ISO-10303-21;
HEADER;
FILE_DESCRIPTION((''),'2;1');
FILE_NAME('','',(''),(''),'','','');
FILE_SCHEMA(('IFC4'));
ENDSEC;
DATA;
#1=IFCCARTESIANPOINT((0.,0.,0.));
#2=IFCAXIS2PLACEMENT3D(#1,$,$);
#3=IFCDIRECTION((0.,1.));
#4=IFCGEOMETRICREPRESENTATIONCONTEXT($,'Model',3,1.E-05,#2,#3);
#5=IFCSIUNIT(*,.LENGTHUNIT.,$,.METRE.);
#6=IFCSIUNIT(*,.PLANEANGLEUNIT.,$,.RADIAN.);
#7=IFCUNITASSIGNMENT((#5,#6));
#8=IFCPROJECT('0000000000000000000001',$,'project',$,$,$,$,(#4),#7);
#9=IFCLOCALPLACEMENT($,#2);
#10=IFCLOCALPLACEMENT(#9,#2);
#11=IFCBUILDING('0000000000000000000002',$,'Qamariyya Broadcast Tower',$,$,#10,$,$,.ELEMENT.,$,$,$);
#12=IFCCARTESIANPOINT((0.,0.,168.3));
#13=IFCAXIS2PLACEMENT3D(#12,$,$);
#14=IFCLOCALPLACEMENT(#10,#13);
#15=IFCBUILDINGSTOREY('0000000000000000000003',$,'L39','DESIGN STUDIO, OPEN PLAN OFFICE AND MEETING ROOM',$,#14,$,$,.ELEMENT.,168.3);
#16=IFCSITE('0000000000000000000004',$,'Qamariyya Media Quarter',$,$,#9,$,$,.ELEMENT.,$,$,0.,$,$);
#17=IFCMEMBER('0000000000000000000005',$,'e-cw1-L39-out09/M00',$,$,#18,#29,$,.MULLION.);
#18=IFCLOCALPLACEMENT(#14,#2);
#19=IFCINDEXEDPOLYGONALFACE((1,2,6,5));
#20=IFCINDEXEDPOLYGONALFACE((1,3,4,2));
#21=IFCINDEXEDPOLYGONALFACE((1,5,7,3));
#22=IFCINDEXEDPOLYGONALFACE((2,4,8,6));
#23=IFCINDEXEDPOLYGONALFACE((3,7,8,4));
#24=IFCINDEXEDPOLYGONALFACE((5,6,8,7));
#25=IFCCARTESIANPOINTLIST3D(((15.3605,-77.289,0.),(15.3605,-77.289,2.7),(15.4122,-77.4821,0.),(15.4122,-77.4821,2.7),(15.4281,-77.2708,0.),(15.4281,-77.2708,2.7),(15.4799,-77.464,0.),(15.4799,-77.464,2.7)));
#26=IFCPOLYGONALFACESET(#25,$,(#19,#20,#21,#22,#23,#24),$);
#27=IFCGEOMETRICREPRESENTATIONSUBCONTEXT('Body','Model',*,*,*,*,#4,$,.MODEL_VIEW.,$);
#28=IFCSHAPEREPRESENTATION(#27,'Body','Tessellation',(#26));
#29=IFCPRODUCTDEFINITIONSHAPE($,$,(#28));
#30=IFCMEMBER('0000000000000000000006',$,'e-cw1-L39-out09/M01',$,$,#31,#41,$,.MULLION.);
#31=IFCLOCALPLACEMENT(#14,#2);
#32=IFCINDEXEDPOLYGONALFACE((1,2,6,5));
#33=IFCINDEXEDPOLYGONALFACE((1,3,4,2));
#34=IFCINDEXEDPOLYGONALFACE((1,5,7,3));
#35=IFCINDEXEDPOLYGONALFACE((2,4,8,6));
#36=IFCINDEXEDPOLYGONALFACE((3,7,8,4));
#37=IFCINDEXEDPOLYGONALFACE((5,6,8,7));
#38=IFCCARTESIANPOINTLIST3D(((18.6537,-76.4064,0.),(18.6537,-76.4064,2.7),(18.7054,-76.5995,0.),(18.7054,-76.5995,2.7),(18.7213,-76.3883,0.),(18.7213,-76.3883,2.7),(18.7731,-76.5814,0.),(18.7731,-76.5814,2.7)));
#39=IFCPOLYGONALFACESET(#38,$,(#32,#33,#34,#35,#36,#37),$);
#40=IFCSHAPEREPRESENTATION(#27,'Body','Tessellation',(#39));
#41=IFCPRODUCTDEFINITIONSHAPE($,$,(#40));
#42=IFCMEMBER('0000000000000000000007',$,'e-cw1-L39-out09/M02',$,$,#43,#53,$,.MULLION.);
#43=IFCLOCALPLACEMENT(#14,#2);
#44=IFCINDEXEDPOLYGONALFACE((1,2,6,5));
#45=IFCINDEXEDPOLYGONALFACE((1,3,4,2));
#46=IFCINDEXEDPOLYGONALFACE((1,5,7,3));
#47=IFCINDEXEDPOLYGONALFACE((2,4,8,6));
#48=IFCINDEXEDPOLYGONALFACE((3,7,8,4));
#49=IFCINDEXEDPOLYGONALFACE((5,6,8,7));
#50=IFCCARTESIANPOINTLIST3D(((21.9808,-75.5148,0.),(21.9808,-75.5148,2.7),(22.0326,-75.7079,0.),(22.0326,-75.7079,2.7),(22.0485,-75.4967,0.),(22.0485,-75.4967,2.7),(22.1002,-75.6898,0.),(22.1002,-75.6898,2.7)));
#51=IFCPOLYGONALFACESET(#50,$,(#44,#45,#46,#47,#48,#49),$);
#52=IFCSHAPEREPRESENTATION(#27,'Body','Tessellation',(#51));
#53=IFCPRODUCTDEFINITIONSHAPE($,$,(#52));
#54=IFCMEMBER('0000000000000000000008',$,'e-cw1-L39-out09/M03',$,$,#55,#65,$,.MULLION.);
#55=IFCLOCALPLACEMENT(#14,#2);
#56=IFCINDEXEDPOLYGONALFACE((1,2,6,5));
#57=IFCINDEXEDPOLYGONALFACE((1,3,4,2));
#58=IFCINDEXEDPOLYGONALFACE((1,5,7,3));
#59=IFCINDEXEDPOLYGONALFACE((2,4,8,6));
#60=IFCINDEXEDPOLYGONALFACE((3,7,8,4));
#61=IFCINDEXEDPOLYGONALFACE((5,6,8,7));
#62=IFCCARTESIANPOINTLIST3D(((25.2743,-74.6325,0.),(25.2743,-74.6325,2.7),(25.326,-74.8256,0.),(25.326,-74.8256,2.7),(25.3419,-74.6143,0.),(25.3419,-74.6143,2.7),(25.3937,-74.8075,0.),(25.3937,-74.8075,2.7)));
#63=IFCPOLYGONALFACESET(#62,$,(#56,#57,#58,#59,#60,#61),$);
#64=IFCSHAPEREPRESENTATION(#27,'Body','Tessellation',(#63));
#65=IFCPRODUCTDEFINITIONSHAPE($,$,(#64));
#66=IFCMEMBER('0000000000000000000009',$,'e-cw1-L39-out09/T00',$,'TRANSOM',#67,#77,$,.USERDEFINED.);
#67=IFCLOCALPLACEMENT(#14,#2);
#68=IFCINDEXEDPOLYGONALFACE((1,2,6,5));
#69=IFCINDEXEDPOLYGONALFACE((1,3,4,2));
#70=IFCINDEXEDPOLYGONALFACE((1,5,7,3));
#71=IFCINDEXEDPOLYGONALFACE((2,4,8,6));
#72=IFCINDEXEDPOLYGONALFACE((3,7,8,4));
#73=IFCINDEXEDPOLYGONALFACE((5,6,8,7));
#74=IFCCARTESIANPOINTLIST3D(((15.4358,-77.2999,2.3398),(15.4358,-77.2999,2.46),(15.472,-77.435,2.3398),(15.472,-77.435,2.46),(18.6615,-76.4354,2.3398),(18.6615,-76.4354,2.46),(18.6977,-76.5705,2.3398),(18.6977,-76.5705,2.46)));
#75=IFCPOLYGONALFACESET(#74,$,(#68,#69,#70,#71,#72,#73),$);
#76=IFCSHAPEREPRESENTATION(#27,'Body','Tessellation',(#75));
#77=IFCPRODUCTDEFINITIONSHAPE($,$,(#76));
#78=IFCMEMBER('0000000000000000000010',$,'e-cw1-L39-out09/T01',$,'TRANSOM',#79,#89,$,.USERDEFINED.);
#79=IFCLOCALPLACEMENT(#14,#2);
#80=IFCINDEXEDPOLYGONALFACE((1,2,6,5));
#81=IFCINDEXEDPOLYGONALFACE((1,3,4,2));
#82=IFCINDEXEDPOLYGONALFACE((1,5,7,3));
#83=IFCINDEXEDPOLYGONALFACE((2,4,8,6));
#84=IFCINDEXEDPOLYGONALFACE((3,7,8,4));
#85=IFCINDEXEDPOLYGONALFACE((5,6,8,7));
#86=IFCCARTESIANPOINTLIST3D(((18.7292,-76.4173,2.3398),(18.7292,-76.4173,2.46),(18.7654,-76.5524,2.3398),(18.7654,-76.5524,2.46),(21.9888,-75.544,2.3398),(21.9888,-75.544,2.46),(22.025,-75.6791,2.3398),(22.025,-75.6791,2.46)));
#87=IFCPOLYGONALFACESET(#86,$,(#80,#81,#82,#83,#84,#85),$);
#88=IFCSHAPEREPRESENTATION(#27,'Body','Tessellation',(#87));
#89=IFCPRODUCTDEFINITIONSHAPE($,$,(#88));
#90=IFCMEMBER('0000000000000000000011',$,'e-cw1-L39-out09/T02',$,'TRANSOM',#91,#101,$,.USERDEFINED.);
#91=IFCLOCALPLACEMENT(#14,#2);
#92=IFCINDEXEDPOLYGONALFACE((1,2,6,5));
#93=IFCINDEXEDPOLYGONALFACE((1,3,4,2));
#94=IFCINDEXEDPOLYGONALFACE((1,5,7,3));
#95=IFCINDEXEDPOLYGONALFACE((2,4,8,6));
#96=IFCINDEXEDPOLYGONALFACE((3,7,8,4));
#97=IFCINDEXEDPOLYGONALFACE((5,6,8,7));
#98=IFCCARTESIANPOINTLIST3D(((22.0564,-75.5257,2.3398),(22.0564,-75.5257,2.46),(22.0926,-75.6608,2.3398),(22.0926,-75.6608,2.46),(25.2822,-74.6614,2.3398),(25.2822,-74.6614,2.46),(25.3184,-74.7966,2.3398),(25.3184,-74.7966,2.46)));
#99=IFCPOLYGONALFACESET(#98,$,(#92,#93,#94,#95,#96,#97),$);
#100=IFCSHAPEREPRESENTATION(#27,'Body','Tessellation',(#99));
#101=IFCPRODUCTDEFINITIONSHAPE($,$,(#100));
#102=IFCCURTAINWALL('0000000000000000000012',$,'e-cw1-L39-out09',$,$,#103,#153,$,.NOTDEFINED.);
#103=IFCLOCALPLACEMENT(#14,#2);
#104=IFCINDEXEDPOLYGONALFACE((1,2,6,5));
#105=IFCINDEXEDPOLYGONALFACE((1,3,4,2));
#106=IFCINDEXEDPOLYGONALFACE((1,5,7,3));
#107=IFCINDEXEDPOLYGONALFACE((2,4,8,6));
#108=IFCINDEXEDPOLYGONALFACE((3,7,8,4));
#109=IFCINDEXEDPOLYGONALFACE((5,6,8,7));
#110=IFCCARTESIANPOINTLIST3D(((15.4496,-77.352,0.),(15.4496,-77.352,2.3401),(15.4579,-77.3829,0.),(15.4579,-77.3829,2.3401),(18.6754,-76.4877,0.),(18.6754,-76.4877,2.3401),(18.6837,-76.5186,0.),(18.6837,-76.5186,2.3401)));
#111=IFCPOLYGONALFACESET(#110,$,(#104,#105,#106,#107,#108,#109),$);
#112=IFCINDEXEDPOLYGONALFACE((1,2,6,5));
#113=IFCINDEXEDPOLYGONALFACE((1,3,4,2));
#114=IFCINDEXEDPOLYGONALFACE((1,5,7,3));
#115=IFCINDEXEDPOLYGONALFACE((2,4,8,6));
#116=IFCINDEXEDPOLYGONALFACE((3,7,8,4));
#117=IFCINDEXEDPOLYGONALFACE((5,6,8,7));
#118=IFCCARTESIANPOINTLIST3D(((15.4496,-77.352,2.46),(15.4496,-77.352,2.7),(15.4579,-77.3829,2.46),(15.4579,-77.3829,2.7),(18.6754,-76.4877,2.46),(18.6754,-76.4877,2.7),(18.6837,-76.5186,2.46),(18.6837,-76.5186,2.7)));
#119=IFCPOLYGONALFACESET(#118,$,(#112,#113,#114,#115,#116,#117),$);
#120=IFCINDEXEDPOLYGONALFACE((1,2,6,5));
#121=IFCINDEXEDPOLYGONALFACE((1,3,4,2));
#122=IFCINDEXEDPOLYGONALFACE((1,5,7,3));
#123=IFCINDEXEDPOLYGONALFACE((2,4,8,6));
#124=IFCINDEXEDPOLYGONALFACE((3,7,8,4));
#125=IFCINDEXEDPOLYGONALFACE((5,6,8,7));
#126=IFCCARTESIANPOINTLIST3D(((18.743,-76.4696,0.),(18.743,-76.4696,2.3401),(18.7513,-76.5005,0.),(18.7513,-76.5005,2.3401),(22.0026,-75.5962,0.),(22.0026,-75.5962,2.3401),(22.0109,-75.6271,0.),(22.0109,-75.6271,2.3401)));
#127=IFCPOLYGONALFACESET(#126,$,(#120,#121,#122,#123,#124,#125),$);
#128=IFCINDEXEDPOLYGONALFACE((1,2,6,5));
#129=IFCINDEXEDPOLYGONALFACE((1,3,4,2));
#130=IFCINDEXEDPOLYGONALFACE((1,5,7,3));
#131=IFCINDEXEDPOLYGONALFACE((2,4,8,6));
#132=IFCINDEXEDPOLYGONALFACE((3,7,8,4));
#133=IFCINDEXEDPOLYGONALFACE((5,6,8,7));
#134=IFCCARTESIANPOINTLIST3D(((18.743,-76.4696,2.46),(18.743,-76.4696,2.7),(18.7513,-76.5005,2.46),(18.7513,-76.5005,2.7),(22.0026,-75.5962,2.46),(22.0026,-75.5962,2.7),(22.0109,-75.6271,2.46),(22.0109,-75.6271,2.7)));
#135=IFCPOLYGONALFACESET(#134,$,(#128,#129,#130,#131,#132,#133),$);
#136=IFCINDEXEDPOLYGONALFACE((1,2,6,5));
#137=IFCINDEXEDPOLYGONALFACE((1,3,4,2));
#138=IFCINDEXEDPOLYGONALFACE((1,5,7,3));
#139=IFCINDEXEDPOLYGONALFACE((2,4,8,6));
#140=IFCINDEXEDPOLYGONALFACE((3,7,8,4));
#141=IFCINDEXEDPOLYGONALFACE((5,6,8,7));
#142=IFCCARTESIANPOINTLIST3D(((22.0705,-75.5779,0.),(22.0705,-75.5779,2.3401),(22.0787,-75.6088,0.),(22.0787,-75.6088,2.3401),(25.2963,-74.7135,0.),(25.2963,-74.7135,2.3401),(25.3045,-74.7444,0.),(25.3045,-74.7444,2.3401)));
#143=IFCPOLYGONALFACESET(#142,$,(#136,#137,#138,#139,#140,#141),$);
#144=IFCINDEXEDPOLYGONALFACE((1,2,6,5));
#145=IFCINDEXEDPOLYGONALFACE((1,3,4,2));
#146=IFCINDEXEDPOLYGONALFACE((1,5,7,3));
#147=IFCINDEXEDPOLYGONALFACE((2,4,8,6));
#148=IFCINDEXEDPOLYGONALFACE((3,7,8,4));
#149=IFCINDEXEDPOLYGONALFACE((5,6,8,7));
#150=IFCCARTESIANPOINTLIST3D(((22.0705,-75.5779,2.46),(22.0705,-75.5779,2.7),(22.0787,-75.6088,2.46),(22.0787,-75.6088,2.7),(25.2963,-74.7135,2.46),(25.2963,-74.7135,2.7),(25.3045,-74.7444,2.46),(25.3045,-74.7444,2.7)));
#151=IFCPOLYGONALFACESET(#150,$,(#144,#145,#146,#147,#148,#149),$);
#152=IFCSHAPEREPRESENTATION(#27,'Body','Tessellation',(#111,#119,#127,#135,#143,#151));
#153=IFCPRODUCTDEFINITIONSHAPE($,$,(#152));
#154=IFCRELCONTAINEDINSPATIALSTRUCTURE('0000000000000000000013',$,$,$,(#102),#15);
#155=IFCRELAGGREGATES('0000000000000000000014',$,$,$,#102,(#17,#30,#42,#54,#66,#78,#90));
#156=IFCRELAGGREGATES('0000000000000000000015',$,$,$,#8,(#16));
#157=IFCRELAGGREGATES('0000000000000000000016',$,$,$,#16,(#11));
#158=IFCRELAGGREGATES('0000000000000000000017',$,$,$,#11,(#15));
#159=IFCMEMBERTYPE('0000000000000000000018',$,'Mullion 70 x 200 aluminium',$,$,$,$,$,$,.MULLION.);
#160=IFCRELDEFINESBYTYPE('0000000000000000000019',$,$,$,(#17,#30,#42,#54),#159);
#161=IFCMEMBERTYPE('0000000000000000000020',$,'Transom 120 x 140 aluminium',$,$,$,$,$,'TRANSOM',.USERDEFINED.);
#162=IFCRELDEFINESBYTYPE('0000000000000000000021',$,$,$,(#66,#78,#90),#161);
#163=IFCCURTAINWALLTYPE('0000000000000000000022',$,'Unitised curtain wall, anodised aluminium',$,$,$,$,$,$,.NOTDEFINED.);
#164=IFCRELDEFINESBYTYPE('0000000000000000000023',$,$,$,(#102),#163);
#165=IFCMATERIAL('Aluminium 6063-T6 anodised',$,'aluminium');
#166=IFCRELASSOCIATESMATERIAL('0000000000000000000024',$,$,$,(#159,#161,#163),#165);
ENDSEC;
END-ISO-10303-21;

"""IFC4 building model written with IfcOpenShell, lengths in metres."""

from ifc_helpers import new_model, si_unit, direction, frame, origin, origin_2d, place, context, subcontext, project, spatial, rectangle, extrude, material, material_profile, profile_set, type_object, element, aggregate, save


model = new_model("IFC4")

# Units and contexts
model_context = context("Model", 3, precision=1e-05, world=origin(), true_north=direction((0.0, 1.0)))
body_context = subcontext(model_context, "Body", "Model", "MODEL_VIEW")
ifc_project = project(units=[si_unit("LENGTHUNIT", "METRE"), si_unit("PLANEANGLEUNIT", "RADIAN")], contexts=[model_context])

# Members
ifc_material = material(Name="Aluminium 6063-T6 anodised", Category="aluminium")
ifc_material_profile_1 = material_profile(ifc_material, rectangle(XDim=0.2, YDim=0.0701, at=origin_2d()))
ifc_profile_set_1 = profile_set([ifc_material_profile_1], Name="Aluminium 6063-T6 anodised")
member_type_1 = type_object("IfcMemberType", Name="Mullion 70 x 200 aluminium", PredefinedType="MULLION", material=ifc_profile_set_1)
site_placement = place(None, origin())
building_placement = place(site_placement, origin())
storey_placement = place(building_placement, frame((0.0, 0.0, 168.3)))
member_1_placement = place(storey_placement, frame((15.4202, -77.3765, 0.0), z_axis=(0.0, 0.0, 1.0), x_axis=(-0.258819, 0.965926, 0.0)))
member_1 = element("IfcMember", 1, at=member_1_placement, type_object=member_type_1, Name="e-cw1-L39-out09/M00", PredefinedType="MULLION", context=body_context, shape_type="SweptSolid", body=[
    extrude(rectangle(XDim=0.2, YDim=0.0701, at=origin_2d()), origin(), (0.0, 0.0, 1.0), 2.7),
])
member_2_placement = place(storey_placement, frame((18.7134, -76.4939, 0.0), z_axis=(0.0, 0.0, 1.0), x_axis=(-0.258819, 0.965926, 0.0)))
member_2 = element("IfcMember", 2, at=member_2_placement, type_object=member_type_1, Name="e-cw1-L39-out09/M01", PredefinedType="MULLION", context=body_context, shape_type="SweptSolid", body=[
    extrude(rectangle(XDim=0.2, YDim=0.0701, at=origin_2d()), origin(), (0.0, 0.0, 1.0), 2.7),
])
member_3_placement = place(storey_placement, frame((22.0405, -75.6023, 0.0), z_axis=(0.0, 0.0, 1.0), x_axis=(-0.258819, 0.965926, 0.0)))
member_3 = element("IfcMember", 3, at=member_3_placement, type_object=member_type_1, Name="e-cw1-L39-out09/M02", PredefinedType="MULLION", context=body_context, shape_type="SweptSolid", body=[
    extrude(rectangle(XDim=0.2, YDim=0.0701, at=origin_2d()), origin(), (0.0, 0.0, 1.0), 2.7),
])
member_4_placement = place(storey_placement, frame((25.334, -74.72, 0.0), z_axis=(0.0, 0.0, 1.0), x_axis=(-0.258819, 0.965926, 0.0)))
member_4 = element("IfcMember", 4, at=member_4_placement, type_object=member_type_1, Name="e-cw1-L39-out09/M03", PredefinedType="MULLION", context=body_context, shape_type="SweptSolid", body=[
    extrude(rectangle(XDim=0.2, YDim=0.0701, at=origin_2d()), origin(), (0.0, 0.0, 1.0), 2.7),
])
ifc_material_profile_2 = material_profile(ifc_material, rectangle(XDim=0.1399, YDim=0.1201, at=origin_2d()))
ifc_profile_set_2 = profile_set([ifc_material_profile_2], Name="Aluminium 6063-T6 anodised")
member_type_2 = type_object("IfcMemberType", Name="Transom 120 x 140 aluminium", ElementType="TRANSOM", PredefinedType="USERDEFINED", material=ifc_profile_set_2)
member_5_placement = place(storey_placement, frame((15.4539, -77.3674, 2.3999), z_axis=(0.965915, 0.258859, 0.0), x_axis=(-0.258859, 0.965915, 0.0)))
member_5 = element("IfcMember", 5, at=member_5_placement, type_object=member_type_2, Name="e-cw1-L39-out09/T00", ObjectType="TRANSOM", PredefinedType="USERDEFINED", context=body_context, shape_type="SweptSolid", body=[
    extrude(rectangle(XDim=0.1399, YDim=0.1201, at=origin_2d()), origin(), (0.0, 0.0, 1.0), 3.3396),
])
member_6_placement = place(storey_placement, frame((18.7473, -76.4849, 2.3999), z_axis=(0.965933, 0.258793, 0.0), x_axis=(-0.258793, 0.965933, 0.0)))
member_6 = element("IfcMember", 6, at=member_6_placement, type_object=member_type_2, Name="e-cw1-L39-out09/T01", ObjectType="TRANSOM", PredefinedType="USERDEFINED", context=body_context, shape_type="SweptSolid", body=[
    extrude(rectangle(XDim=0.1399, YDim=0.1201, at=origin_2d()), origin(), (0.0, 0.0, 1.0), 3.3745),
])
member_7_placement = place(storey_placement, frame((22.0745, -75.5933, 2.3999), z_axis=(0.965933, 0.258791, 0.0), x_axis=(-0.258791, 0.965933, 0.0)))
member_7 = element("IfcMember", 7, at=member_7_placement, type_object=member_type_2, Name="e-cw1-L39-out09/T02", ObjectType="TRANSOM", PredefinedType="USERDEFINED", context=body_context, shape_type="SweptSolid", body=[
    extrude(rectangle(XDim=0.1399, YDim=0.1201, at=origin_2d()), origin(), (0.0, 0.0, 1.0), 3.3396),
])

# Site, building, storey
site = spatial("IfcSite", under=ifc_project, at=site_placement, Name="Qamariyya Media Quarter", CompositionType="ELEMENT", RefElevation=0.0)
building = spatial("IfcBuilding", under=site, at=building_placement, Name="Qamariyya Broadcast Tower", CompositionType="ELEMENT")
storey = spatial("IfcBuildingStorey", under=building, at=storey_placement, Name="L39", Description="DESIGN STUDIO, OPEN PLAN OFFICE AND MEETING ROOM", CompositionType="ELEMENT", Elevation=168.3)

# Curtain wall
curtain_wall_type = type_object("IfcCurtainWallType", Name="Unitised curtain wall, anodised aluminium", PredefinedType="NOTDEFINED", material=ifc_material)
curtain_wall_1_placement = place(storey_placement, origin())
curtain_wall_1 = element("IfcCurtainWall", 8, at=curtain_wall_1_placement, inside=storey, type_object=curtain_wall_type, Name="e-cw1-L39-out09", PredefinedType="NOTDEFINED", context=body_context, shape_type="SweptSolid", body=[
    extrude(rectangle(XDim=3.3396, YDim=0.032, at=origin_2d()), frame((17.0667, -76.9353, 0.0), x_axis=(0.965926, 0.258817, 0.0)), (0.0, 0.0, 1.0), 2.3401),
    extrude(rectangle(XDim=3.3396, YDim=0.032, at=origin_2d()), frame((17.0667, -76.9353, 2.46), x_axis=(0.965926, 0.258817, 0.0)), (0.0, 0.0, 1.0), 0.24),
    extrude(rectangle(XDim=3.3745, YDim=0.032, at=origin_2d()), frame((20.377, -76.0483, 0.0), x_axis=(0.965926, 0.258817, 0.0)), (0.0, 0.0, 1.0), 2.3401),
    extrude(rectangle(XDim=3.3745, YDim=0.032, at=origin_2d()), frame((20.377, -76.0483, 2.46), x_axis=(0.965926, 0.258817, 0.0)), (0.0, 0.0, 1.0), 0.24),
    extrude(rectangle(XDim=3.3396, YDim=0.032, at=origin_2d()), frame((23.6875, -75.1611, 0.0), x_axis=(0.965926, 0.258817, 0.0)), (0.0, 0.0, 1.0), 2.3401),
    extrude(rectangle(XDim=3.3396, YDim=0.032, at=origin_2d()), frame((23.6875, -75.1611, 2.46), x_axis=(0.965926, 0.258817, 0.0)), (0.0, 0.0, 1.0), 0.24),
])
aggregate(curtain_wall_1, [member_1, member_2, member_3, member_4, member_5, member_6, member_7])

save(model, "model.ifc")
